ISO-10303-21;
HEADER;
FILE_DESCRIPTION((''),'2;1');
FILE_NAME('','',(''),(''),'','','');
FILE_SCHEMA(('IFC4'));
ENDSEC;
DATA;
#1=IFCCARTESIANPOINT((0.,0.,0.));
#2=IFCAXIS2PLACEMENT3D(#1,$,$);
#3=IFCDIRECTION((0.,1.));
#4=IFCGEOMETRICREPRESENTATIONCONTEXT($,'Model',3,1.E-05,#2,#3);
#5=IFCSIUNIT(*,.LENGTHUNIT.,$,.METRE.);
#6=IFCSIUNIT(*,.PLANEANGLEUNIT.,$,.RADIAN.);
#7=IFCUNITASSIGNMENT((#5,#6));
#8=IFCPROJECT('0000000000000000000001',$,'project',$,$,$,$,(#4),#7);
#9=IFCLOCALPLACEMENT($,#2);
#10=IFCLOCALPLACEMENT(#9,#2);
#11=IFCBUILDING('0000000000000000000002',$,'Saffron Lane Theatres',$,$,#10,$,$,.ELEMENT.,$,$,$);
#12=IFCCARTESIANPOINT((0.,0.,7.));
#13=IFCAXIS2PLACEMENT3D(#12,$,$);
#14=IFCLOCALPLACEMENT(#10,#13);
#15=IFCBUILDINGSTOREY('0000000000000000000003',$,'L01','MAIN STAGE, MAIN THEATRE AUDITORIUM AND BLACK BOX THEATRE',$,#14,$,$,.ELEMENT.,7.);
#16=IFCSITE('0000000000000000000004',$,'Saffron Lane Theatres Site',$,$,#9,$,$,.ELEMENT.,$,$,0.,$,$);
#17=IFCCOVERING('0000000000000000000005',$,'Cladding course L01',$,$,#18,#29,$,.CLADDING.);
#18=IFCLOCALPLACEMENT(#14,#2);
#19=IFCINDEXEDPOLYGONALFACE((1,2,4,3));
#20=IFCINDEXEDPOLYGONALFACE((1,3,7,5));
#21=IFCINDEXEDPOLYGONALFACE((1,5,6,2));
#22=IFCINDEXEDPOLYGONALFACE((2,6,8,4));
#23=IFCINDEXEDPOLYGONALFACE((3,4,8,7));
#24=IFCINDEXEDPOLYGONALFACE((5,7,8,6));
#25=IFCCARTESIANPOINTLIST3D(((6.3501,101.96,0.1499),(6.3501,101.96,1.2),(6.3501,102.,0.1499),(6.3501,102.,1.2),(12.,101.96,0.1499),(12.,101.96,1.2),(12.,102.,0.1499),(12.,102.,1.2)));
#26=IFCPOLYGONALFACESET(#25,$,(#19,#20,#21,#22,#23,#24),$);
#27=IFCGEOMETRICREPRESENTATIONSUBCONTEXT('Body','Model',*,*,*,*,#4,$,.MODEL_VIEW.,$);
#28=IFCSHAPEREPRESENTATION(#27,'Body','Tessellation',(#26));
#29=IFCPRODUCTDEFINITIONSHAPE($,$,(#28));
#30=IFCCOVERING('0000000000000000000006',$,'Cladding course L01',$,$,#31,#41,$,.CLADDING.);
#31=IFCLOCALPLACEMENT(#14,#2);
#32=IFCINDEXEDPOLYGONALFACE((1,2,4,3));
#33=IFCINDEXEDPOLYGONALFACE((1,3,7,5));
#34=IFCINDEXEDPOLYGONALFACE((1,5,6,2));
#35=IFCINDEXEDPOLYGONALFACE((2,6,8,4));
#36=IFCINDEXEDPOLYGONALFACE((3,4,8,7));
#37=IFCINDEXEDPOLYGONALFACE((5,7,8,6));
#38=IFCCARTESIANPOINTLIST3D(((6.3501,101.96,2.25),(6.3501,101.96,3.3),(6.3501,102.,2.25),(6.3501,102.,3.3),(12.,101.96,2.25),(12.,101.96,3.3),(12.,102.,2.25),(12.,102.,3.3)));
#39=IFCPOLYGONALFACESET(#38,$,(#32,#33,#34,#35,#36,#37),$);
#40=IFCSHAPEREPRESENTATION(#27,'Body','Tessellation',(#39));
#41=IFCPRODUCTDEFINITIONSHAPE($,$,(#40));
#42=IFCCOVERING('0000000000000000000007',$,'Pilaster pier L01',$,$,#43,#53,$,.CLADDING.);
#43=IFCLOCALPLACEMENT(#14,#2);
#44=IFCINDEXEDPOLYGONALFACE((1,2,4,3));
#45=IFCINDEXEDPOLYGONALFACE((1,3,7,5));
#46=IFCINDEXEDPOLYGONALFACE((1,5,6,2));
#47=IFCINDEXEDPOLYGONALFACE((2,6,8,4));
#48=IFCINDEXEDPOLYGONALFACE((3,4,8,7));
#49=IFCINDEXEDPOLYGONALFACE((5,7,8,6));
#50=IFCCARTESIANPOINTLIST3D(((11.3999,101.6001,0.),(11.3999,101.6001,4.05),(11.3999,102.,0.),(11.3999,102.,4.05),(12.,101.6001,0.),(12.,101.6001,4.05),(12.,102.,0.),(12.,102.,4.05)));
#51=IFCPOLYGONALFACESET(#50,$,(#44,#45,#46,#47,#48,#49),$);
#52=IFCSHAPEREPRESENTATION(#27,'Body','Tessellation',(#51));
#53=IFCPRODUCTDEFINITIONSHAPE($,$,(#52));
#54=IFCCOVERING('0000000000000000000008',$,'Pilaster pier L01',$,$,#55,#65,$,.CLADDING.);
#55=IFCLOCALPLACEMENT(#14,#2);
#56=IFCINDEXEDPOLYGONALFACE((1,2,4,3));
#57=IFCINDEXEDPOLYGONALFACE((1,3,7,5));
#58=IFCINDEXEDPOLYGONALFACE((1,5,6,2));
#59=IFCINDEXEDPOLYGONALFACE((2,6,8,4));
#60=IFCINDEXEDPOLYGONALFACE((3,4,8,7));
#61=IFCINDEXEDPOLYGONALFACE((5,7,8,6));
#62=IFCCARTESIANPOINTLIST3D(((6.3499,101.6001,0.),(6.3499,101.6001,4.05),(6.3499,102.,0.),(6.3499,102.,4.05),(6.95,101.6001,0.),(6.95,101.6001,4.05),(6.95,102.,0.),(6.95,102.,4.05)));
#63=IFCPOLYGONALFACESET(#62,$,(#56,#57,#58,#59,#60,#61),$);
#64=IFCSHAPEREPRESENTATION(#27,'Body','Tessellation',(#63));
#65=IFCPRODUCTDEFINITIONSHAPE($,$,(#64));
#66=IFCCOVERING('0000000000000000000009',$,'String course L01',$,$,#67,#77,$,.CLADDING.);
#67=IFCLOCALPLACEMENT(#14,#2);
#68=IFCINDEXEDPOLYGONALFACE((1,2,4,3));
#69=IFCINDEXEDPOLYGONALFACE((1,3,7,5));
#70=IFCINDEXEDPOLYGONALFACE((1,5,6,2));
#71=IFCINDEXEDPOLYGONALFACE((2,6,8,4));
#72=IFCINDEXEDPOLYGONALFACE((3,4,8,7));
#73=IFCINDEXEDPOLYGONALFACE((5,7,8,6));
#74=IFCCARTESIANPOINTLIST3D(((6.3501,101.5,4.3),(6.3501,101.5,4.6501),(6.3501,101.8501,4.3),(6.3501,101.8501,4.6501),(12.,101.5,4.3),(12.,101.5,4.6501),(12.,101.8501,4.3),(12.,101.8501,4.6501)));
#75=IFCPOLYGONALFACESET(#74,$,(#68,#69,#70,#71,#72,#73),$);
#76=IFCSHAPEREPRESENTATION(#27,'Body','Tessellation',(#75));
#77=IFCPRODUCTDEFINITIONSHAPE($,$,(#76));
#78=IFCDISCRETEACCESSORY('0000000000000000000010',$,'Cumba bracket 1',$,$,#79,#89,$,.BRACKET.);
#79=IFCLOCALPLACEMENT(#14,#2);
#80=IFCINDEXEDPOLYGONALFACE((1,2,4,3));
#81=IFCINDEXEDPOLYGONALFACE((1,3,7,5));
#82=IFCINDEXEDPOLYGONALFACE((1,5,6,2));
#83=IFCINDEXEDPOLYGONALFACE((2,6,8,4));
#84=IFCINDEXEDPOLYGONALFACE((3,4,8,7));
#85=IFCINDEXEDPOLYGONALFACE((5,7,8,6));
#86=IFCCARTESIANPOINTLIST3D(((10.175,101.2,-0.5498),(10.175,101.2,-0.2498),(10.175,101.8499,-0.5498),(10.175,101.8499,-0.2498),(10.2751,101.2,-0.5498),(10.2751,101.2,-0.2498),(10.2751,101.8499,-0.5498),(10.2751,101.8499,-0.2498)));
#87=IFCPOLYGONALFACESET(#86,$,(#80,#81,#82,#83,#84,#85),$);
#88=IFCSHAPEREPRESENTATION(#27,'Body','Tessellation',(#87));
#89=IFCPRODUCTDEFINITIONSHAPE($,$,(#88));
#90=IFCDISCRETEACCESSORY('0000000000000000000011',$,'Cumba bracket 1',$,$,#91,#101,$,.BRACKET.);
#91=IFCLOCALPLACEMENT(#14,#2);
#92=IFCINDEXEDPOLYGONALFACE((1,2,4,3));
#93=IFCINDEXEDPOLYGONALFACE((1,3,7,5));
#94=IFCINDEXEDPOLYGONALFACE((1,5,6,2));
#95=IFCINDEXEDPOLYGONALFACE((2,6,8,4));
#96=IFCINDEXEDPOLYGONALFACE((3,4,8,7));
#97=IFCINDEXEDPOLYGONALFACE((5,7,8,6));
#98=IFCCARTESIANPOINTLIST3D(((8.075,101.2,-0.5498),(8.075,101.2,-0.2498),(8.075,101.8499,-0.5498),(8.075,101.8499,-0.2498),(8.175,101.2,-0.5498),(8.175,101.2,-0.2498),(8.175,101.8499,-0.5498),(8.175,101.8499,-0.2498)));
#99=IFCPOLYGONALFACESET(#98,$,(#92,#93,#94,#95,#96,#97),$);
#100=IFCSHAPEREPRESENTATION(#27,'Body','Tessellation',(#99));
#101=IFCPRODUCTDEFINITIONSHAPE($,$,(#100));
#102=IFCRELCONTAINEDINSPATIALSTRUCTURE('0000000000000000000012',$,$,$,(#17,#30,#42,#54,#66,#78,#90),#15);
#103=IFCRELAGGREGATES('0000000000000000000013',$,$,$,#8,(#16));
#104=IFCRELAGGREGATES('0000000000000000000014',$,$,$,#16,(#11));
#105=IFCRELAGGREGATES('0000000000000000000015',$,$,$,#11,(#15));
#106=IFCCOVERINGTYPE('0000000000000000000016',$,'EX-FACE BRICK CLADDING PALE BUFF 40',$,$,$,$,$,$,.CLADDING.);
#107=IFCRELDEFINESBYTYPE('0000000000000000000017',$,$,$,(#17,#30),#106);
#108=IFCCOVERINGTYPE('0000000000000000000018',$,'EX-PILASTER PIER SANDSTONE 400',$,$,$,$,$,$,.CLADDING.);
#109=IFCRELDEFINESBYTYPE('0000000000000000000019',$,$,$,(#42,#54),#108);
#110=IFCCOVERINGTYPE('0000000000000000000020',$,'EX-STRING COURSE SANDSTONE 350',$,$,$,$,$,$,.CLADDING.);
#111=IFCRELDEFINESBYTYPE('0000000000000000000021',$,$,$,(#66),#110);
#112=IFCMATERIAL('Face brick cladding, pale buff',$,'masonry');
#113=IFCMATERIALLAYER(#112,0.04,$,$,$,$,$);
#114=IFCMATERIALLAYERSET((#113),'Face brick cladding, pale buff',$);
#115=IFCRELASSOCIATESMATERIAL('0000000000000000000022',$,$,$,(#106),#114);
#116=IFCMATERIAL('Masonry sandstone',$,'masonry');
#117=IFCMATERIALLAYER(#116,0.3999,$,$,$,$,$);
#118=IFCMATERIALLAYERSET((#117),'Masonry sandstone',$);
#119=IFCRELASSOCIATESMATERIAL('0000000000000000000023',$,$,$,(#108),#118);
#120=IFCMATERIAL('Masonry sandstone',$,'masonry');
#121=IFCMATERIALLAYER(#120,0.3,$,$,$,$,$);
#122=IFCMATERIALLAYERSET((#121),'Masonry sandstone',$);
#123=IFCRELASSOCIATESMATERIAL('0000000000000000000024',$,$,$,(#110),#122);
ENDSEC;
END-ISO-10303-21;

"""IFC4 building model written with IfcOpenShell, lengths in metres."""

from ifc_helpers import new_model, si_unit, direction, frame, origin, origin_2d, place, context, subcontext, project, spatial, rectangle, extrude, material, layer, layer_set, type_object, element, save


model = new_model("IFC4")

# Units and contexts
model_context = context("Model", 3, precision=1e-05, world=origin(), true_north=direction((0.0, 1.0)))
body_context = subcontext(model_context, "Body", "Model", "MODEL_VIEW")
ifc_project = project(units=[si_unit("LENGTHUNIT", "METRE"), si_unit("PLANEANGLEUNIT", "RADIAN")], contexts=[model_context])

# Site, building, storey
site_placement = place(None, origin())
site = spatial("IfcSite", under=ifc_project, at=site_placement, Name="Saffron Lane Theatres Site", CompositionType="ELEMENT", RefElevation=0.0)
building_placement = place(site_placement, origin())
building = spatial("IfcBuilding", under=site, at=building_placement, Name="Saffron Lane Theatres", CompositionType="ELEMENT")
storey_placement = place(building_placement, frame((0.0, 0.0, 7.0)))
storey = spatial("IfcBuildingStorey", under=building, at=storey_placement, Name="L01", Description="MAIN STAGE, MAIN THEATRE AUDITORIUM AND BLACK BOX THEATRE", CompositionType="ELEMENT", Elevation=7.0)

# Coverings
ifc_material_1 = material(Name="Face brick cladding, pale buff", Category="masonry")
ifc_layer_1 = layer(ifc_material_1, 0.04)
ifc_layer_set_1 = layer_set([ifc_layer_1], Name="Face brick cladding, pale buff")
covering_type_1 = type_object("IfcCoveringType", Name="EX-FACE BRICK CLADDING PALE BUFF 40", PredefinedType="CLADDING", material=ifc_layer_set_1)
for number, where, z_axis, x_axis, name in (
    (1, (9.175, 101.98, 0.1499), (0.0, 0.0, 1.0), (-1.0, 0.0, 0.0), "Cladding course L01"),
    (2, (9.175, 101.98, 2.25), (0.0, 0.0, 1.0), (-1.0, 0.0, 0.0), "Cladding course L01"),
):
    element("IfcCovering", number, at=place(storey_placement, frame(where, z_axis=z_axis, x_axis=x_axis)), inside=storey, type_object=covering_type_1, Name=name, PredefinedType="CLADDING", context=body_context, shape_type="SweptSolid", body=[
        extrude(rectangle(XDim=5.6499, YDim=0.04, at=origin_2d()), origin(), (0.0, 0.0, 1.0), 1.05),
    ])
ifc_material_2 = material(Name="Masonry sandstone", Category="masonry")
ifc_layer_2 = layer(ifc_material_2, 0.3999)
ifc_layer_set_2 = layer_set([ifc_layer_2], Name="Masonry sandstone")
covering_type_2 = type_object("IfcCoveringType", Name="EX-PILASTER PIER SANDSTONE 400", PredefinedType="CLADDING", material=ifc_layer_set_2)
for number, where, z_axis, x_axis, name in (
    (3, (11.7, 101.8, 0.0), (0.0, 0.0, 1.0), (-1.0, 0.0, 0.0), "Pilaster pier L01"),
    (4, (6.6499, 101.8, 0.0), (0.0, 0.0, 1.0), (-1.0, 0.0, 0.0), "Pilaster pier L01"),
):
    element("IfcCovering", number, at=place(storey_placement, frame(where, z_axis=z_axis, x_axis=x_axis)), inside=storey, type_object=covering_type_2, Name=name, PredefinedType="CLADDING", context=body_context, shape_type="SweptSolid", body=[
        extrude(rectangle(XDim=0.6001, YDim=0.3999, at=origin_2d()), origin(), (0.0, 0.0, 1.0), 4.05),
    ])
ifc_material_3 = material(Name="Masonry sandstone", Category="masonry")
ifc_layer_3 = layer(ifc_material_3, 0.3)
ifc_layer_set_3 = layer_set([ifc_layer_3], Name="Masonry sandstone")
covering_type_3 = type_object("IfcCoveringType", Name="EX-STRING COURSE SANDSTONE 350", PredefinedType="CLADDING", material=ifc_layer_set_3)
covering_placement = place(storey_placement, frame((9.175, 101.675, 4.3), z_axis=(0.0, 0.0, 1.0), x_axis=(-1.0, 0.0, 0.0)))
element("IfcCovering", 5, at=covering_placement, inside=storey, type_object=covering_type_3, Name="String course L01", PredefinedType="CLADDING", context=body_context, shape_type="SweptSolid", body=[
    extrude(rectangle(XDim=5.6499, YDim=0.3501, at=origin_2d()), origin(), (0.0, 0.0, 1.0), 0.3501),
])

# Discrete accessories
for number, where, z_axis, x_axis, name in (
    (6, (10.2251, 101.5249, -0.5498), (0.0, 0.0, 1.0), (-1.0, 0.0, 0.0), "Cumba bracket 1"),
    (7, (8.125, 101.5249, -0.5498), (0.0, 0.0, 1.0), (-1.0, 0.0, 0.0), "Cumba bracket 1"),
):
    element("IfcDiscreteAccessory", number, at=place(storey_placement, frame(where, z_axis=z_axis, x_axis=x_axis)), inside=storey, Name=name, PredefinedType="BRACKET", context=body_context, shape_type="SweptSolid", body=[
        extrude(rectangle(XDim=0.1001, YDim=0.6499, at=origin_2d()), origin(), (0.0, 0.0, 1.0), 0.3),
    ])

save(model, "model.ifc")
